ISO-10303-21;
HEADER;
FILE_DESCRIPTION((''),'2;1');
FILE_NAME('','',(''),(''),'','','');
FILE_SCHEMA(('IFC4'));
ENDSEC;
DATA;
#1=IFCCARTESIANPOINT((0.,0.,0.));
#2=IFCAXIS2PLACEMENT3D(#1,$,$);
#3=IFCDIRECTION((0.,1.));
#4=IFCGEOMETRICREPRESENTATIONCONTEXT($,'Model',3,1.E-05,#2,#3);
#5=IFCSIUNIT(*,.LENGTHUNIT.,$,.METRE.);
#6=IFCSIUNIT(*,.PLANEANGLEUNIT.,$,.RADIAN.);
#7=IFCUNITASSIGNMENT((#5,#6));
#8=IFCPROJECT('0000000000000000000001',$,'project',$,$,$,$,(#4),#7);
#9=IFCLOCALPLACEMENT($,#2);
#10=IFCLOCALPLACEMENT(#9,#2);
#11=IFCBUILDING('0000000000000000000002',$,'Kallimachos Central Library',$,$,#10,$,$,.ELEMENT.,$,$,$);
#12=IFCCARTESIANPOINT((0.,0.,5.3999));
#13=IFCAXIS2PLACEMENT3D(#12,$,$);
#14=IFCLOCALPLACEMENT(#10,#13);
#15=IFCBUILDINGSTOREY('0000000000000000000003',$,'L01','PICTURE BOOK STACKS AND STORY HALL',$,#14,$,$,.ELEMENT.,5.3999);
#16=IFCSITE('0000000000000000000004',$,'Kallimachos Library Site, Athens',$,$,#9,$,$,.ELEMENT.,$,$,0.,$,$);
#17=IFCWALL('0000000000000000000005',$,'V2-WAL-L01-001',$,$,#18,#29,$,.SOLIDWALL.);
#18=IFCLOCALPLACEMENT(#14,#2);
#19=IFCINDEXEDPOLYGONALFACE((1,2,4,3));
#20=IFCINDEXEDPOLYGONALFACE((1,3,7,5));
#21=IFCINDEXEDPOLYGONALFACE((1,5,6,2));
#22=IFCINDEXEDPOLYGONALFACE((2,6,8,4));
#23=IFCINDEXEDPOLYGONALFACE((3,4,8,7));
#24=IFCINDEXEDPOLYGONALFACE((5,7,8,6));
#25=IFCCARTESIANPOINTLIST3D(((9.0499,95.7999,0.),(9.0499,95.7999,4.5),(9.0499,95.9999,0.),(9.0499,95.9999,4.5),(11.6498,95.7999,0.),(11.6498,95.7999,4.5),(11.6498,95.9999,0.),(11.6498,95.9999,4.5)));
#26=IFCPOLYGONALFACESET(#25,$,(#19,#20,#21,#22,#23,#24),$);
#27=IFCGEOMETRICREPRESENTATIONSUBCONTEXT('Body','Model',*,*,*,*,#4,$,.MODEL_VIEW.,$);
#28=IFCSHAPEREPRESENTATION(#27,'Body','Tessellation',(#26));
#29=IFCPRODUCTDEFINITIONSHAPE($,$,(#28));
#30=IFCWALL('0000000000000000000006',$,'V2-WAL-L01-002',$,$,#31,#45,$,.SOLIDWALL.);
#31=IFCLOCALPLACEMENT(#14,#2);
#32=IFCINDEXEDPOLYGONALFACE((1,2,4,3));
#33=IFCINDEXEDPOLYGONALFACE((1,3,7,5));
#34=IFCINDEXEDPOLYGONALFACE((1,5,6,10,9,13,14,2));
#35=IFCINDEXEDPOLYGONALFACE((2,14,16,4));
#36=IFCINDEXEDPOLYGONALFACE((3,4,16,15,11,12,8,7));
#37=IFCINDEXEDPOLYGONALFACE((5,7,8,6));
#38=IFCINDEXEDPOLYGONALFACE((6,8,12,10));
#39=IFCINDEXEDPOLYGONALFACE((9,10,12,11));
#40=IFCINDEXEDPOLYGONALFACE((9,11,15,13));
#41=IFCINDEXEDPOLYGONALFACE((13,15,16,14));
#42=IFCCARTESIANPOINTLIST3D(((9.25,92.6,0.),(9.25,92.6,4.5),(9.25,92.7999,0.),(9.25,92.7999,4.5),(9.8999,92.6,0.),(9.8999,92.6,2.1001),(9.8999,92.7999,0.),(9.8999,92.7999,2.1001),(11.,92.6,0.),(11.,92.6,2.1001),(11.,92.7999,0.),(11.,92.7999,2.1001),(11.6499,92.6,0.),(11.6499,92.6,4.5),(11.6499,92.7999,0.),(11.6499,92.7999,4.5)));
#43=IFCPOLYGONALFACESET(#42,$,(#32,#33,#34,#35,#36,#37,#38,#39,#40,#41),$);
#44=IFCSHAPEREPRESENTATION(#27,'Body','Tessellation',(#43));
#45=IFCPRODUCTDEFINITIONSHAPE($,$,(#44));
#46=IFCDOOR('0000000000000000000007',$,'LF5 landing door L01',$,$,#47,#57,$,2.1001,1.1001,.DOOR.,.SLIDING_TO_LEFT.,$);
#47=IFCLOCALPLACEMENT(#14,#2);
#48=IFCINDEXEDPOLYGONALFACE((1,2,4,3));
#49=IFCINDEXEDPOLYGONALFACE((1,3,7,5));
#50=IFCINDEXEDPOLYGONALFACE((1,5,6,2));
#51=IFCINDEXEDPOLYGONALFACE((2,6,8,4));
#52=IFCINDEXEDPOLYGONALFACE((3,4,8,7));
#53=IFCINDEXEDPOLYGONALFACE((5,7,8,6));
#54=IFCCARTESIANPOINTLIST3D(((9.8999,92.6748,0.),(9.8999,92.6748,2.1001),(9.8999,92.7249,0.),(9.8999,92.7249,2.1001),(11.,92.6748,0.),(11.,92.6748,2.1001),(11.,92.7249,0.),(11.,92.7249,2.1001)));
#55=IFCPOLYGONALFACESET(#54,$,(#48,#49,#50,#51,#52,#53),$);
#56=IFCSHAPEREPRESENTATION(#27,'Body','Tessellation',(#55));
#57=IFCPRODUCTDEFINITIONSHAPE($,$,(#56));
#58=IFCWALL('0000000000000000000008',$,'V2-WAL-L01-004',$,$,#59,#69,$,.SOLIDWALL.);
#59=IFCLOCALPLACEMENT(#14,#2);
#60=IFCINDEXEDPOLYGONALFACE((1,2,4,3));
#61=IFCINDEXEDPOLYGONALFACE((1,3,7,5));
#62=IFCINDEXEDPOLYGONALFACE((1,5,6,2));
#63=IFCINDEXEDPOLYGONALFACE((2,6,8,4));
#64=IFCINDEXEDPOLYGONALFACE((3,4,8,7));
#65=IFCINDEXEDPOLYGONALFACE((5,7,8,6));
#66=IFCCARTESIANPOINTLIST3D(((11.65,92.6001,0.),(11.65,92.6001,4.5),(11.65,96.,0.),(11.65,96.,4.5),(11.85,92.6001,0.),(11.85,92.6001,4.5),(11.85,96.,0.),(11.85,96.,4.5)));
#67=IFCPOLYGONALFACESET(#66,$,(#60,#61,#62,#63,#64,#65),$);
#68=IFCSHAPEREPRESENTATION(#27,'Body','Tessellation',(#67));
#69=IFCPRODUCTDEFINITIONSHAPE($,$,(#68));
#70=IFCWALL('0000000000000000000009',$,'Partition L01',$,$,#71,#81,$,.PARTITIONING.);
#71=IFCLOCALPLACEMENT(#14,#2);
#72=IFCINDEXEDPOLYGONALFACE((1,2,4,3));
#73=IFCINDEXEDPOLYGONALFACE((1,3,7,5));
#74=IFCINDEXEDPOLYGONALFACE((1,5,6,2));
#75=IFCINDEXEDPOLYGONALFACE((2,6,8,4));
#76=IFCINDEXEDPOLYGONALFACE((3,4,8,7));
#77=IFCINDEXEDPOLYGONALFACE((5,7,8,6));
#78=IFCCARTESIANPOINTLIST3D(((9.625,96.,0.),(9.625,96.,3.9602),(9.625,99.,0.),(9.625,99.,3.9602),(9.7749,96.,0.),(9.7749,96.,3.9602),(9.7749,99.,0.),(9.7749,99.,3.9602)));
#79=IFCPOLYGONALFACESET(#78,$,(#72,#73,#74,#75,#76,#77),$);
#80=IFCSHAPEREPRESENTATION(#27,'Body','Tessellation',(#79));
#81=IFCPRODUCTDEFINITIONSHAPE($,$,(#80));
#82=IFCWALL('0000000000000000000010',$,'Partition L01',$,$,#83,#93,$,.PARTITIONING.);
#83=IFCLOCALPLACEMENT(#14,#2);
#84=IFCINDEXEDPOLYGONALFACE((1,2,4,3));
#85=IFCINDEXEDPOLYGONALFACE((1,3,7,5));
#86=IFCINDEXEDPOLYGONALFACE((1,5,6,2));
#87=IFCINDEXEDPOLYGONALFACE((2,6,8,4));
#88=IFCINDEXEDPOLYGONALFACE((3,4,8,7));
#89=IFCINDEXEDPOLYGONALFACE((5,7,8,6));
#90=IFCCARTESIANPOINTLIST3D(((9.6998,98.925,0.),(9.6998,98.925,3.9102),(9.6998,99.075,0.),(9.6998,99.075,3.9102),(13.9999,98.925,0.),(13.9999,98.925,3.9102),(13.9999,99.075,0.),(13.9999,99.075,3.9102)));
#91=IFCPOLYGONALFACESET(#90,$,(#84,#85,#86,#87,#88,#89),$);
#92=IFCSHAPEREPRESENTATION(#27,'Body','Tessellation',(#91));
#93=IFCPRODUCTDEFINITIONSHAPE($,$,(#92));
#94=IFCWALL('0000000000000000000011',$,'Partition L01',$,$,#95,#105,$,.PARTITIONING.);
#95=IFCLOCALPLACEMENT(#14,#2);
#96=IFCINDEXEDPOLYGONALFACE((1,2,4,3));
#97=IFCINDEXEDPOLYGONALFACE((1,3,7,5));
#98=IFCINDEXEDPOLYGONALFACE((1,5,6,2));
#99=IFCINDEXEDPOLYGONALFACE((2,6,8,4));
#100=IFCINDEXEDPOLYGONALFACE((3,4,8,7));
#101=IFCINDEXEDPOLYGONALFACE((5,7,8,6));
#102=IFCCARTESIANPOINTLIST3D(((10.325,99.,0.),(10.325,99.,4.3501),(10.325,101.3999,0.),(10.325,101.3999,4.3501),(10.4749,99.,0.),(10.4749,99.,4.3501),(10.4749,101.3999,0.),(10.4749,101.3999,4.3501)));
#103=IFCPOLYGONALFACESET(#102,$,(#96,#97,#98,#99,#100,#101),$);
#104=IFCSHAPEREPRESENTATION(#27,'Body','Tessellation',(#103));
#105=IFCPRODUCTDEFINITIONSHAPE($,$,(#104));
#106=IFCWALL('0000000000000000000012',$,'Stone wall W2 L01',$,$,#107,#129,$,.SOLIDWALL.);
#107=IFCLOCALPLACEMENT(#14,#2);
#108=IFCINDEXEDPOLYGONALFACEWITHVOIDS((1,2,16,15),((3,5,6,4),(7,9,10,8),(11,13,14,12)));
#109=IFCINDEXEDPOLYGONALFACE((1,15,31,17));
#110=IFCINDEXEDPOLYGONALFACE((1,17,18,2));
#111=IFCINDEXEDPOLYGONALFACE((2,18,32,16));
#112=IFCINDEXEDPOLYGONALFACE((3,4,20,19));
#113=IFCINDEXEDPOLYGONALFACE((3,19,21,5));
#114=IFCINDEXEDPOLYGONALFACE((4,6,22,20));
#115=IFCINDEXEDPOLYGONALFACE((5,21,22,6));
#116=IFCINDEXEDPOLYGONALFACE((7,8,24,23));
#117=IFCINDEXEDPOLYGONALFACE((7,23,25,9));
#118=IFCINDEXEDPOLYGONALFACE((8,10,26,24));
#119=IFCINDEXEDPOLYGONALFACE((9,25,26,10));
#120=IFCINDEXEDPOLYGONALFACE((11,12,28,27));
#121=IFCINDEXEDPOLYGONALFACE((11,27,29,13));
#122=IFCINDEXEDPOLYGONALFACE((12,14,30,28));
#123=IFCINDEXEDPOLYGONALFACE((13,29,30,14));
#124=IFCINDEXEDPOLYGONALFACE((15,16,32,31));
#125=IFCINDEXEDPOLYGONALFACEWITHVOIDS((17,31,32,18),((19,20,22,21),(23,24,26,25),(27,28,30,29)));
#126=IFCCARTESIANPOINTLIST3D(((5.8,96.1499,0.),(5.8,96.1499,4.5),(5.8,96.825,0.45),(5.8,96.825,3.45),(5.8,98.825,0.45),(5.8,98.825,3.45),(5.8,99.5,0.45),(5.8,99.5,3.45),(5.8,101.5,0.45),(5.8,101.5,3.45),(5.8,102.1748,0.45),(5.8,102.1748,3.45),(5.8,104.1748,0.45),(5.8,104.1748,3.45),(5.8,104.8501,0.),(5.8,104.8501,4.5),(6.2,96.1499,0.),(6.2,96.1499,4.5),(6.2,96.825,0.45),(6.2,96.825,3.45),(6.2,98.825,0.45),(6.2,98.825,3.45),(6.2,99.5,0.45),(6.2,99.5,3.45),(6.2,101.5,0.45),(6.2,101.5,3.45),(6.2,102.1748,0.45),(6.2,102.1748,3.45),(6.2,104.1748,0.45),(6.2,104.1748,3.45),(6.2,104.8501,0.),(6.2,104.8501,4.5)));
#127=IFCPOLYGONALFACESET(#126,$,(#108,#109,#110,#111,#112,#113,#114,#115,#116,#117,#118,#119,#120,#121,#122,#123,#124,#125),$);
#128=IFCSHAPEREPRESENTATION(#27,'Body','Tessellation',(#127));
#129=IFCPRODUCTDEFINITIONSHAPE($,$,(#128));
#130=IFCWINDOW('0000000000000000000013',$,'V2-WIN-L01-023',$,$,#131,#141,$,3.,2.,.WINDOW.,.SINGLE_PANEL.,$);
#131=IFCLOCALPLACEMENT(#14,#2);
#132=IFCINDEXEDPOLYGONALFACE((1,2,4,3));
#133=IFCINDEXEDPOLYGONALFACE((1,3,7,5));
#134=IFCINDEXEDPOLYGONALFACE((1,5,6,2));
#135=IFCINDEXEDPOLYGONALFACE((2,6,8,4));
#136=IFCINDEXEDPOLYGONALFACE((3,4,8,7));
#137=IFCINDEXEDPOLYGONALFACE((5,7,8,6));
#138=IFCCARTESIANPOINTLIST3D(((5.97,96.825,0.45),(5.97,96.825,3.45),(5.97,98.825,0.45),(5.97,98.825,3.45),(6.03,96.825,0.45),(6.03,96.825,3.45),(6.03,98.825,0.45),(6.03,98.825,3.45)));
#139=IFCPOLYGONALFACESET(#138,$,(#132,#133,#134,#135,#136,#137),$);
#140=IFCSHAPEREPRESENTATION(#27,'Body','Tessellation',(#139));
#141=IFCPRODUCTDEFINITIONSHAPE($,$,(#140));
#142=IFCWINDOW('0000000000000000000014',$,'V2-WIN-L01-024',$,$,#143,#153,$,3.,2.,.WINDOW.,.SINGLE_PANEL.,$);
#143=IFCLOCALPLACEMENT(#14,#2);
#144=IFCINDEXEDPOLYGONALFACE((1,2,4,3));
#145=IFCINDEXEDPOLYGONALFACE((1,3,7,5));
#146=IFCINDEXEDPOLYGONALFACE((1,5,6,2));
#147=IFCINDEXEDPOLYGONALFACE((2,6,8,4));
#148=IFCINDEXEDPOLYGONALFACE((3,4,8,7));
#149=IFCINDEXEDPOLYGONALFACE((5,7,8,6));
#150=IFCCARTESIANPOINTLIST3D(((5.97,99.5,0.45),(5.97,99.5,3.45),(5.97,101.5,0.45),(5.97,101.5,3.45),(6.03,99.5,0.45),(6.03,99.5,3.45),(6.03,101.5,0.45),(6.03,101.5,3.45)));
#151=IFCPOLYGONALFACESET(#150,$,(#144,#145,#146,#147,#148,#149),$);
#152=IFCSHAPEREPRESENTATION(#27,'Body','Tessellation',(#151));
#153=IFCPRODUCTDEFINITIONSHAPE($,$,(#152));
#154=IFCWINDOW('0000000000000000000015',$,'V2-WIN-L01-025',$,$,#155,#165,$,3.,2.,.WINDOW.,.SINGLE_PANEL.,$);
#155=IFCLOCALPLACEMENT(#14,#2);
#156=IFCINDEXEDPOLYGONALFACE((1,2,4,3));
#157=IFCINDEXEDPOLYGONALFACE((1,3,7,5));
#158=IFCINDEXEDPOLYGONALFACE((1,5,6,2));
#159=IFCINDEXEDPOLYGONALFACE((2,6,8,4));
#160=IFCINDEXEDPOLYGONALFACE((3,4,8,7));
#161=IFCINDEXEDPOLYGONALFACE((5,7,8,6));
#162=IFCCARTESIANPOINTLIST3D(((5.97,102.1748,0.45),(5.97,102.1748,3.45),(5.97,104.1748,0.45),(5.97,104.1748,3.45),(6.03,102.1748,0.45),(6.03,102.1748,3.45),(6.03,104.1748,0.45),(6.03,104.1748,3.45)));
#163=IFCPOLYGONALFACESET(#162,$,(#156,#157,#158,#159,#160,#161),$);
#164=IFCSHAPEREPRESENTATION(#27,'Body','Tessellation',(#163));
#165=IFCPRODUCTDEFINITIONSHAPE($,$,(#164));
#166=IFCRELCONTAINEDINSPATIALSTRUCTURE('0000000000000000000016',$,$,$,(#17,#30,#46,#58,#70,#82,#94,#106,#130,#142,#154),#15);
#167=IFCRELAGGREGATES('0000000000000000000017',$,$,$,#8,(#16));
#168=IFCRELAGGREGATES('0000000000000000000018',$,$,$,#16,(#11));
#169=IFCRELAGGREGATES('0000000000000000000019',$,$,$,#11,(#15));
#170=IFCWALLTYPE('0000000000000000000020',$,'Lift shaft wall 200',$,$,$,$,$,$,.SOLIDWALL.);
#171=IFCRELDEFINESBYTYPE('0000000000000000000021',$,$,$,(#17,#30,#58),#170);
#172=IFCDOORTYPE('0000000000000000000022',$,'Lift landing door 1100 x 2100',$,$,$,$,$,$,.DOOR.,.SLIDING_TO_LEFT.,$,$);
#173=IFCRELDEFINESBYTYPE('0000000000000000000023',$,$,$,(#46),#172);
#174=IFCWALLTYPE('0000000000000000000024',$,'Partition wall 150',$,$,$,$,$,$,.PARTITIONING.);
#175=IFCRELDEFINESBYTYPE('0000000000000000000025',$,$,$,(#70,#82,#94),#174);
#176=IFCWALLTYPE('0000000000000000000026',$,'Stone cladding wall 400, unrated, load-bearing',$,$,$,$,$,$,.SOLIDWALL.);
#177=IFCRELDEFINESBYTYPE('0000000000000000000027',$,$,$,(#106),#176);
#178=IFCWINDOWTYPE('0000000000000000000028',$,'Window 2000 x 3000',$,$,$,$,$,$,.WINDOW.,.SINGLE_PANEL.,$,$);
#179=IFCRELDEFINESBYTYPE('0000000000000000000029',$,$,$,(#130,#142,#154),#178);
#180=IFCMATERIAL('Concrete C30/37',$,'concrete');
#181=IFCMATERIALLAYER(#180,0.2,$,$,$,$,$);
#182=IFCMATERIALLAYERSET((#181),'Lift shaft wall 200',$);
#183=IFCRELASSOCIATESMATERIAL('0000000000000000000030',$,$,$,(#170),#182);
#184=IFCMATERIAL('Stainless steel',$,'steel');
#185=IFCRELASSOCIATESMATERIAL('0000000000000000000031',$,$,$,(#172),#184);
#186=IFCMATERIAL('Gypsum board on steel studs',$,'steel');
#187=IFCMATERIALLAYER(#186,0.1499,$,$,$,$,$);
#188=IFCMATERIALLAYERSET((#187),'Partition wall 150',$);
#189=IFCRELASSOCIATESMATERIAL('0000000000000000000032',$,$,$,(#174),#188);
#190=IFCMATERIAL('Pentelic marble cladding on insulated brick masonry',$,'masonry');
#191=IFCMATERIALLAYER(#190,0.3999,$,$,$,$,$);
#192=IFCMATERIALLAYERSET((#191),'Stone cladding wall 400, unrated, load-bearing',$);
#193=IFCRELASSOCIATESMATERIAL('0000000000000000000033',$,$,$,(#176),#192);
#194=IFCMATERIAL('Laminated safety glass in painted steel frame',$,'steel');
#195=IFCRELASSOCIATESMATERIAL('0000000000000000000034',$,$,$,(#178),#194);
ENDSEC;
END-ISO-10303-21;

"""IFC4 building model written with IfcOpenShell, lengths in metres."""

from ifc_helpers import new_model, si_unit, direction, frame, frame_2d, origin, place, context, subcontext, project, spatial, rectangle, extrude, material, layer, layer_set, type_object, element, fill, save


model = new_model("IFC4")

# Units and contexts
model_context = context("Model", 3, precision=1e-05, world=origin(), true_north=direction((0.0, 1.0)))
body_context = subcontext(model_context, "Body", "Model", "MODEL_VIEW")
ifc_project = project(units=[si_unit("LENGTHUNIT", "METRE"), si_unit("PLANEANGLEUNIT", "RADIAN")], contexts=[model_context])

# Site, building, storey
site_placement = place(None, origin())
site = spatial("IfcSite", under=ifc_project, at=site_placement, Name="Kallimachos Library Site, Athens", CompositionType="ELEMENT", RefElevation=0.0)
building_placement = place(site_placement, origin())
building = spatial("IfcBuilding", under=site, at=building_placement, Name="Kallimachos Central Library", CompositionType="ELEMENT")
storey_placement = place(building_placement, frame((0.0, 0.0, 5.3999)))
storey = spatial("IfcBuildingStorey", under=building, at=storey_placement, Name="L01", Description="PICTURE BOOK STACKS AND STORY HALL", CompositionType="ELEMENT", Elevation=5.3999)

# Wall
ifc_material_1 = material(Name="Concrete C30/37", Category="concrete")
ifc_layer_1 = layer(ifc_material_1, 0.2)
ifc_layer_set_1 = layer_set([ifc_layer_1], Name="Lift shaft wall 200")
wall_type_1 = type_object("IfcWallType", Name="Lift shaft wall 200", PredefinedType="SOLIDWALL", material=ifc_layer_set_1)
wall_1_placement = place(storey_placement, frame((9.05, 95.8999, 0.0), z_axis=(0.0, 0.0, 1.0), x_axis=(1.0, 0.0, 0.0)))
element("IfcWall", 1, at=wall_1_placement, inside=storey, type_object=wall_type_1, Name="V2-WAL-L01-001", PredefinedType="SOLIDWALL", context=body_context, shape_type="SweptSolid", body=[
    extrude(rectangle(XDim=2.5999, YDim=0.2, at=frame_2d((1.2998, 0.0))), origin(), (0.0, 0.0, 1.0), 4.5),
])

# Wall, opening, door
wall_2_placement = place(storey_placement, frame((9.25, 92.7, 0.0), z_axis=(0.0, 0.0, 1.0), x_axis=(1.0, 0.0, 0.0)))
wall_2 = element("IfcWall", 2, at=wall_2_placement, inside=storey, type_object=wall_type_1, Name="V2-WAL-L01-002", PredefinedType="SOLIDWALL", context=body_context, shape_type="SweptSolid", body=[
    extrude(rectangle(XDim=2.3999, YDim=0.2, at=frame_2d((1.2, 0.0))), origin(), (0.0, 0.0, 1.0), 4.5),
])
opening_1_placement = place(wall_2_placement, frame((0.6499, 0.0, 0.0)))
opening_1 = element("IfcOpeningElement", 3, at=opening_1_placement, cuts=wall_2, PredefinedType="OPENING", context=body_context, shape_type="SweptSolid", body=[
    extrude(rectangle(XDim=1.1001, YDim=2.1001, at=frame_2d((0.55, 1.05))), frame((0.0, 0.1099, 0.0), z_axis=(0.0, -1.0, 0.0), x_axis=(1.0, 0.0, 0.0)), (0.0, 0.0, 1.0), 0.22),
])
ifc_material_2 = material(Name="Stainless steel", Category="steel")
door_type_1 = type_object("IfcDoorType", Name="Lift landing door 1100 x 2100", OperationType="SLIDING_TO_LEFT", PredefinedType="DOOR", material=ifc_material_2)
door_1_placement = place(opening_1_placement, origin())
door_1 = element("IfcDoor", 4, at=door_1_placement, inside=storey, type_object=door_type_1, Name="LF5 landing door L01", OperationType="SLIDING_TO_LEFT", OverallHeight=2.1001, OverallWidth=1.1001, PredefinedType="DOOR", context=body_context, shape_type="SweptSolid", body=[
    extrude(rectangle(XDim=1.1001, YDim=2.1001, at=frame_2d((0.55, 1.05))), frame((0.0, 0.0249, 0.0), z_axis=(0.0, -1.0, 0.0), x_axis=(1.0, 0.0, 0.0)), (0.0, 0.0, 1.0), 0.05),
])
fill(opening_1, door_1)

# Walls
wall_3_placement = place(storey_placement, frame((11.75, 92.6001, 0.0), z_axis=(0.0, 0.0, 1.0), x_axis=(0.0, 1.0, 0.0)))
element("IfcWall", 5, at=wall_3_placement, inside=storey, type_object=wall_type_1, Name="V2-WAL-L01-004", PredefinedType="SOLIDWALL", context=body_context, shape_type="SweptSolid", body=[
    extrude(rectangle(XDim=3.3999, YDim=0.2, at=frame_2d((1.7, 0.0))), origin(), (0.0, 0.0, 1.0), 4.5),
])
ifc_material_3 = material(Name="Gypsum board on steel studs", Category="steel")
ifc_layer_2 = layer(ifc_material_3, 0.1499)
ifc_layer_set_2 = layer_set([ifc_layer_2], Name="Partition wall 150")
wall_type_2 = type_object("IfcWallType", Name="Partition wall 150", PredefinedType="PARTITIONING", material=ifc_layer_set_2)
wall_4_placement = place(storey_placement, frame((9.7, 96.0, 0.0), z_axis=(0.0, 0.0, 1.0), x_axis=(0.0, 1.0, 0.0)))
element("IfcWall", 6, at=wall_4_placement, inside=storey, type_object=wall_type_2, Name="Partition L01", PredefinedType="PARTITIONING", context=body_context, shape_type="SweptSolid", body=[
    extrude(rectangle(XDim=3.0, YDim=0.1499, at=frame_2d((1.5, 0.0))), origin(), (0.0, 0.0, 1.0), 3.9602),
])
wall_5_placement = place(storey_placement, frame((9.7, 99.0, 0.0), z_axis=(0.0, 0.0, 1.0), x_axis=(1.0, 0.0, 0.0)))
element("IfcWall", 7, at=wall_5_placement, inside=storey, type_object=wall_type_2, Name="Partition L01", PredefinedType="PARTITIONING", context=body_context, shape_type="SweptSolid", body=[
    extrude(rectangle(XDim=4.3, YDim=0.1499, at=frame_2d((2.1499, 0.0))), origin(), (0.0, 0.0, 1.0), 3.9102),
])
wall_6_placement = place(storey_placement, frame((10.3999, 99.0, 0.0), z_axis=(0.0, 0.0, 1.0), x_axis=(0.0, 1.0, 0.0)))
element("IfcWall", 8, at=wall_6_placement, inside=storey, type_object=wall_type_2, Name="Partition L01", PredefinedType="PARTITIONING", context=body_context, shape_type="SweptSolid", body=[
    extrude(rectangle(XDim=2.3999, YDim=0.1499, at=frame_2d((1.2, 0.0))), origin(), (0.0, 0.0, 1.0), 4.3501),
])

# Wall, openings, windows
ifc_material_4 = material(Name="Pentelic marble cladding on insulated brick masonry", Category="masonry")
ifc_layer_3 = layer(ifc_material_4, 0.3999)
ifc_layer_set_3 = layer_set([ifc_layer_3], Name="Stone cladding wall 400, unrated, load-bearing")
wall_type_3 = type_object("IfcWallType", Name="Stone cladding wall 400, unrated, load-bearing", PredefinedType="SOLIDWALL", material=ifc_layer_set_3)
wall_7_placement = place(storey_placement, frame((6.0, 96.1499, 0.0), z_axis=(0.0, 0.0, 1.0), x_axis=(0.0, 1.0, 0.0)))
wall_7 = element("IfcWall", 9, at=wall_7_placement, inside=storey, type_object=wall_type_3, Name="Stone wall W2 L01", PredefinedType="SOLIDWALL", context=body_context, shape_type="SweptSolid", body=[
    extrude(rectangle(XDim=8.7002, YDim=0.3999, at=frame_2d((4.3501, 0.0))), origin(), (0.0, 0.0, 1.0), 4.5),
])
opening_2_placement = place(wall_7_placement, frame((0.675, 0.0, 0.45)))
opening_2 = element("IfcOpeningElement", 10, at=opening_2_placement, cuts=wall_7, PredefinedType="OPENING", context=body_context, shape_type="SweptSolid", body=[
    extrude(rectangle(XDim=2.0, YDim=3.0, at=frame_2d((1.0, 1.5))), frame((0.0, 0.21, 0.0), z_axis=(0.0, -1.0, 0.0), x_axis=(1.0, 0.0, 0.0)), (0.0, 0.0, 1.0), 0.4199),
])
opening_3_placement = place(wall_7_placement, frame((3.3501, 0.0, 0.45)))
opening_3 = element("IfcOpeningElement", 11, at=opening_3_placement, cuts=wall_7, PredefinedType="OPENING", context=body_context, shape_type="SweptSolid", body=[
    extrude(rectangle(XDim=2.0, YDim=3.0, at=frame_2d((1.0, 1.5))), frame((0.0, 0.21, 0.0), z_axis=(0.0, -1.0, 0.0), x_axis=(1.0, 0.0, 0.0)), (0.0, 0.0, 1.0), 0.4199),
])
opening_4_placement = place(wall_7_placement, frame((6.0249, 0.0, 0.45)))
opening_4 = element("IfcOpeningElement", 12, at=opening_4_placement, cuts=wall_7, PredefinedType="OPENING", context=body_context, shape_type="SweptSolid", body=[
    extrude(rectangle(XDim=2.0, YDim=3.0, at=frame_2d((1.0, 1.5))), frame((0.0, 0.21, 0.0), z_axis=(0.0, -1.0, 0.0), x_axis=(1.0, 0.0, 0.0)), (0.0, 0.0, 1.0), 0.4199),
])
ifc_material_5 = material(Name="Laminated safety glass in painted steel frame", Category="steel")
window_type = type_object("IfcWindowType", Name="Window 2000 x 3000", PartitioningType="SINGLE_PANEL", PredefinedType="WINDOW", material=ifc_material_5)
window_1_placement = place(opening_2_placement, origin())
window_1 = element("IfcWindow", 13, at=window_1_placement, inside=storey, type_object=window_type, Name="V2-WIN-L01-023", OverallHeight=3.0, OverallWidth=2.0, PartitioningType="SINGLE_PANEL", PredefinedType="WINDOW", context=body_context, shape_type="SweptSolid", body=[
    extrude(rectangle(XDim=2.0, YDim=3.0, at=frame_2d((1.0, 1.5))), frame((0.0, 0.03, 0.0), z_axis=(0.0, -1.0, 0.0), x_axis=(1.0, 0.0, 0.0)), (0.0, 0.0, 1.0), 0.0601),
])
fill(opening_2, window_1)
window_2_placement = place(opening_3_placement, origin())
window_2 = element("IfcWindow", 14, at=window_2_placement, inside=storey, type_object=window_type, Name="V2-WIN-L01-024", OverallHeight=3.0, OverallWidth=2.0, PartitioningType="SINGLE_PANEL", PredefinedType="WINDOW", context=body_context, shape_type="SweptSolid", body=[
    extrude(rectangle(XDim=2.0, YDim=3.0, at=frame_2d((1.0, 1.5))), frame((0.0, 0.03, 0.0), z_axis=(0.0, -1.0, 0.0), x_axis=(1.0, 0.0, 0.0)), (0.0, 0.0, 1.0), 0.0601),
])
fill(opening_3, window_2)
window_3_placement = place(opening_4_placement, origin())
window_3 = element("IfcWindow", 15, at=window_3_placement, inside=storey, type_object=window_type, Name="V2-WIN-L01-025", OverallHeight=3.0, OverallWidth=2.0, PartitioningType="SINGLE_PANEL", PredefinedType="WINDOW", context=body_context, shape_type="SweptSolid", body=[
    extrude(rectangle(XDim=2.0, YDim=3.0, at=frame_2d((1.0, 1.5))), frame((0.0, 0.03, 0.0), z_axis=(0.0, -1.0, 0.0), x_axis=(1.0, 0.0, 0.0)), (0.0, 0.0, 1.0), 0.0601),
])
fill(opening_4, window_3)

save(model, "model.ifc")
